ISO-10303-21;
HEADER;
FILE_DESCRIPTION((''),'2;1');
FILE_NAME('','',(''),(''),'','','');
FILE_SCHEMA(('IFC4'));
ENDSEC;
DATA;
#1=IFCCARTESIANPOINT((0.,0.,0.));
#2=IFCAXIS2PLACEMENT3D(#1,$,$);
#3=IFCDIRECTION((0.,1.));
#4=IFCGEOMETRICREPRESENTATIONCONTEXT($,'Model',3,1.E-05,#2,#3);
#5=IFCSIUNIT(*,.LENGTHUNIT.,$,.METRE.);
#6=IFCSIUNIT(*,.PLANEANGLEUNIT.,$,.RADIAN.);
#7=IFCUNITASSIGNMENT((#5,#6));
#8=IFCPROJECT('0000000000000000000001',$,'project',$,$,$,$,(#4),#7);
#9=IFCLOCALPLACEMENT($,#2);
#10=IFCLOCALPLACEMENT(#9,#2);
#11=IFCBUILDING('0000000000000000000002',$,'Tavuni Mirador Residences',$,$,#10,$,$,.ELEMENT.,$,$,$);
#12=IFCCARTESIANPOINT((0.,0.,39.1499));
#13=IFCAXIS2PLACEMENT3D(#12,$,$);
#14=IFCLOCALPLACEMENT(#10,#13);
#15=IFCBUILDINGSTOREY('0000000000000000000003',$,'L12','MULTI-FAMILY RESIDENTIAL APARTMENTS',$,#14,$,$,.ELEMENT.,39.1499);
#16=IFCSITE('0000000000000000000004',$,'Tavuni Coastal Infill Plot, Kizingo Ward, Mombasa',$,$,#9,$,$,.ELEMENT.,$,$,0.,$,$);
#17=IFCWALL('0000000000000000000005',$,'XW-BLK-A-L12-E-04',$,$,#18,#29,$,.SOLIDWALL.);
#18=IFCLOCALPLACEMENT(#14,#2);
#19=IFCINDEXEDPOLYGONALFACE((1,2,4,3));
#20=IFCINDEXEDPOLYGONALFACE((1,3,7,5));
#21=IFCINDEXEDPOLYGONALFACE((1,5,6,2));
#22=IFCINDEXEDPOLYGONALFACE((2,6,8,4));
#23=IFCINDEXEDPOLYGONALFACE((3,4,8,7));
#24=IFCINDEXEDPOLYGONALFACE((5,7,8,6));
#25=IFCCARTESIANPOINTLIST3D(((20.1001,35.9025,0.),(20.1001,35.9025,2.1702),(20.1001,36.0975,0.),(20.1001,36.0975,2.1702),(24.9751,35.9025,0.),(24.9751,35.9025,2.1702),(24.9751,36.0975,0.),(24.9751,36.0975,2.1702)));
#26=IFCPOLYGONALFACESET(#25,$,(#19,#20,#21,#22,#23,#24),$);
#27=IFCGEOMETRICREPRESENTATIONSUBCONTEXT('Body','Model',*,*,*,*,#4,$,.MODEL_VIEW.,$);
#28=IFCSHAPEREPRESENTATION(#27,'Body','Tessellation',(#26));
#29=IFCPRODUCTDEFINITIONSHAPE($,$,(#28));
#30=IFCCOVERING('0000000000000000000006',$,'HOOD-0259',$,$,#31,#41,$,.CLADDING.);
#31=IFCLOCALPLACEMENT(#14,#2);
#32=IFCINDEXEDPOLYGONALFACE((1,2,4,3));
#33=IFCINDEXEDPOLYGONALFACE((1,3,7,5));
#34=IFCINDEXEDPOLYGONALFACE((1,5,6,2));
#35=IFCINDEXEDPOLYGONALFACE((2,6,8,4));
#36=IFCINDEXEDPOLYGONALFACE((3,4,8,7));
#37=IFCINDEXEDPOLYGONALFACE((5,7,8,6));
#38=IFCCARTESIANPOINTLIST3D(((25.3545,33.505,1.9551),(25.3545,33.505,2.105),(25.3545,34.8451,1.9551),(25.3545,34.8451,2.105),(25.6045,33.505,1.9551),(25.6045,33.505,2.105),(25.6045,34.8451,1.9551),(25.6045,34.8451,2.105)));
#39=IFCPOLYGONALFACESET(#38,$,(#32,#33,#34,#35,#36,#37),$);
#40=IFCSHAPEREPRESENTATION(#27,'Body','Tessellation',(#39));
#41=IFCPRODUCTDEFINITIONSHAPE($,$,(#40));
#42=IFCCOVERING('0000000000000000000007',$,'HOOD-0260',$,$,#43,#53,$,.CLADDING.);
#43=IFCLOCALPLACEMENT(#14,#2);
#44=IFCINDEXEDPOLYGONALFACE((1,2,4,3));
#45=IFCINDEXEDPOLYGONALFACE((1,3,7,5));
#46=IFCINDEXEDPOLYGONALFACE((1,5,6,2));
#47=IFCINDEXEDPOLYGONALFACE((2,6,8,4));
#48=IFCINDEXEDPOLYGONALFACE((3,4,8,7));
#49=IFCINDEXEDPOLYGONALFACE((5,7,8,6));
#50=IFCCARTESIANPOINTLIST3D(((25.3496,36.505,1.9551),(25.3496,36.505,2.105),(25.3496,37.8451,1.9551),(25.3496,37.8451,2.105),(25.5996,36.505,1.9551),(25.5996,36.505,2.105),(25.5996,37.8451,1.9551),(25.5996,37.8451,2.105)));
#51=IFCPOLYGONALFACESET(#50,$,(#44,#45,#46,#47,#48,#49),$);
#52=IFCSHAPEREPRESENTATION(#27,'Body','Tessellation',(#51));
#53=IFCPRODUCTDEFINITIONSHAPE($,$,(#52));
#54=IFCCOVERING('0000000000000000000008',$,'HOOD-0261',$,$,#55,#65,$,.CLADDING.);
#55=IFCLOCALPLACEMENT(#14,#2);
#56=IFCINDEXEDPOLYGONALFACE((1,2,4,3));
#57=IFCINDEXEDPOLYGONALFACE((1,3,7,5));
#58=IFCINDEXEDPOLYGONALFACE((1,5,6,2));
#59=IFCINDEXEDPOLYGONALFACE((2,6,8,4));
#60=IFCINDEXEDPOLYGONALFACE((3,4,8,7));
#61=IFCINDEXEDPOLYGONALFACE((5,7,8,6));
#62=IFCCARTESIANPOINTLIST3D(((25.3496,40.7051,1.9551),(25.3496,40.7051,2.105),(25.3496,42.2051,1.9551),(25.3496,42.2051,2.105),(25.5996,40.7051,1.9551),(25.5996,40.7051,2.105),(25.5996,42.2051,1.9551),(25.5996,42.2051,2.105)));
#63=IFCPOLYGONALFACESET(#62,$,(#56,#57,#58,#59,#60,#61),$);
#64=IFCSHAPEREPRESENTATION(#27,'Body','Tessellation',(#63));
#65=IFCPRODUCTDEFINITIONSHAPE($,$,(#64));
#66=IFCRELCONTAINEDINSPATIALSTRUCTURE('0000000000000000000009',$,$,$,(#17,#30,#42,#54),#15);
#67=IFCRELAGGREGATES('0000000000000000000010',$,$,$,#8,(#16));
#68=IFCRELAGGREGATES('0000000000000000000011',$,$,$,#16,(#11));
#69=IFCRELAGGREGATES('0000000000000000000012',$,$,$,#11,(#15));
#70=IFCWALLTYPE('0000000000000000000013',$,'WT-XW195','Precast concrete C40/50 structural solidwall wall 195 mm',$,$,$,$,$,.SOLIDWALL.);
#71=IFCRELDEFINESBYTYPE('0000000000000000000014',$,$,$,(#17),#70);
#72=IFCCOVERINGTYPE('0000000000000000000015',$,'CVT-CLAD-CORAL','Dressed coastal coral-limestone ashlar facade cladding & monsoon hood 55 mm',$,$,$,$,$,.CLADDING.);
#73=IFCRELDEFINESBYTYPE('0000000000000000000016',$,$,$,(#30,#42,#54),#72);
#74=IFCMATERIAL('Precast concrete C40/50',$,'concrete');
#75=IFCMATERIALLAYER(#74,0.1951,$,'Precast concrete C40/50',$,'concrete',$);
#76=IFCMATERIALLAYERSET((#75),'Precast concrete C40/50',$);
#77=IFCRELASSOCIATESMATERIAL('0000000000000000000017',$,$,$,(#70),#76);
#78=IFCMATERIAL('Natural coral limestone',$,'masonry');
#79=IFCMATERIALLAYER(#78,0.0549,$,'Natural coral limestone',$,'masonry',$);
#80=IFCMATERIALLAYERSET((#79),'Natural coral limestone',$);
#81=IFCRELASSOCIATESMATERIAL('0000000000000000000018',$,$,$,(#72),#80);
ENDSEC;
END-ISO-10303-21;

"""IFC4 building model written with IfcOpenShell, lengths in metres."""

from ifc_helpers import new_model, si_unit, direction, frame, frame_2d, origin, origin_2d, place, context, subcontext, project, spatial, rectangle, extrude, material, layer, layer_set, type_object, element, save


model = new_model("IFC4")

# Units and contexts
model_context = context("Model", 3, precision=1e-05, world=origin(), true_north=direction((0.0, 1.0)))
body_context = subcontext(model_context, "Body", "Model", "MODEL_VIEW")
ifc_project = project(units=[si_unit("LENGTHUNIT", "METRE"), si_unit("PLANEANGLEUNIT", "RADIAN")], contexts=[model_context])

# Site, building, storey
site_placement = place(None, origin())
site = spatial("IfcSite", under=ifc_project, at=site_placement, Name="Tavuni Coastal Infill Plot, Kizingo Ward, Mombasa", CompositionType="ELEMENT", RefElevation=0.0)
building_placement = place(site_placement, origin())
building = spatial("IfcBuilding", under=site, at=building_placement, Name="Tavuni Mirador Residences", CompositionType="ELEMENT")
storey_placement = place(building_placement, frame((0.0, 0.0, 39.1499)))
storey = spatial("IfcBuildingStorey", under=building, at=storey_placement, Name="L12", Description="MULTI-FAMILY RESIDENTIAL APARTMENTS", CompositionType="ELEMENT", Elevation=39.1499)

# Shared definitions
ifc_material_1 = material(Name="Precast concrete C40/50", Category="concrete")

# Wall
ifc_layer_1 = layer(ifc_material_1, 0.1951, Name="Precast concrete C40/50", Category="concrete")
ifc_layer_set_1 = layer_set([ifc_layer_1], Name="Precast concrete C40/50")
wall_type_1 = type_object("IfcWallType", Name="WT-XW195", Description="Precast concrete C40/50 structural solidwall wall 195 mm", PredefinedType="SOLIDWALL", material=ifc_layer_set_1)
wall_1_placement = place(storey_placement, frame((20.1001, 36.0, 0.0), z_axis=(0.0, 0.0, 1.0), x_axis=(1.0, 0.0, 0.0)))
element("IfcWall", 1, at=wall_1_placement, inside=storey, type_object=wall_type_1, Name="XW-BLK-A-L12-E-04", PredefinedType="SOLIDWALL", context=body_context, shape_type="SweptSolid", body=[
    extrude(rectangle(XDim=4.875, YDim=0.1951, at=frame_2d((2.4375, 0.0))), origin(), (0.0, 0.0, 1.0), 2.1702),
])

# Coverings
ifc_material_2 = material(Name="Natural coral limestone", Category="masonry")
ifc_layer_2 = layer(ifc_material_2, 0.0549, Name="Natural coral limestone", Category="masonry")
ifc_layer_set_2 = layer_set([ifc_layer_2], Name="Natural coral limestone")
covering_type = type_object("IfcCoveringType", Name="CVT-CLAD-CORAL", Description="Dressed coastal coral-limestone ashlar facade cladding & monsoon hood 55 mm", PredefinedType="CLADDING", material=ifc_layer_set_2)
for number, where, z_axis, x_axis, name in (
    (2, (25.4795, 34.175, 1.9551), (0.0, 0.0, 1.0), (0.0, 1.0, 0.0), "HOOD-0259"),
    (3, (25.4746, 37.175, 1.9551), (0.0, 0.0, 1.0), (0.0, 1.0, 0.0), "HOOD-0260"),
):
    element("IfcCovering", number, at=place(storey_placement, frame(where, z_axis=z_axis, x_axis=x_axis)), inside=storey, type_object=covering_type, Name=name, PredefinedType="CLADDING", context=body_context, shape_type="SweptSolid", body=[
        extrude(rectangle(XDim=1.3401, YDim=0.25, at=origin_2d()), origin(), (0.0, 0.0, 1.0), 0.1499),
    ])
covering_placement = place(storey_placement, frame((25.4746, 41.4551, 1.9551), z_axis=(0.0, 0.0, 1.0), x_axis=(0.0, 1.0, 0.0)))
element("IfcCovering", 4, at=covering_placement, inside=storey, type_object=covering_type, Name="HOOD-0261", PredefinedType="CLADDING", context=body_context, shape_type="SweptSolid", body=[
    extrude(rectangle(XDim=1.5, YDim=0.25, at=origin_2d()), origin(), (0.0, 0.0, 1.0), 0.1499),
])

save(model, "model.ifc")
